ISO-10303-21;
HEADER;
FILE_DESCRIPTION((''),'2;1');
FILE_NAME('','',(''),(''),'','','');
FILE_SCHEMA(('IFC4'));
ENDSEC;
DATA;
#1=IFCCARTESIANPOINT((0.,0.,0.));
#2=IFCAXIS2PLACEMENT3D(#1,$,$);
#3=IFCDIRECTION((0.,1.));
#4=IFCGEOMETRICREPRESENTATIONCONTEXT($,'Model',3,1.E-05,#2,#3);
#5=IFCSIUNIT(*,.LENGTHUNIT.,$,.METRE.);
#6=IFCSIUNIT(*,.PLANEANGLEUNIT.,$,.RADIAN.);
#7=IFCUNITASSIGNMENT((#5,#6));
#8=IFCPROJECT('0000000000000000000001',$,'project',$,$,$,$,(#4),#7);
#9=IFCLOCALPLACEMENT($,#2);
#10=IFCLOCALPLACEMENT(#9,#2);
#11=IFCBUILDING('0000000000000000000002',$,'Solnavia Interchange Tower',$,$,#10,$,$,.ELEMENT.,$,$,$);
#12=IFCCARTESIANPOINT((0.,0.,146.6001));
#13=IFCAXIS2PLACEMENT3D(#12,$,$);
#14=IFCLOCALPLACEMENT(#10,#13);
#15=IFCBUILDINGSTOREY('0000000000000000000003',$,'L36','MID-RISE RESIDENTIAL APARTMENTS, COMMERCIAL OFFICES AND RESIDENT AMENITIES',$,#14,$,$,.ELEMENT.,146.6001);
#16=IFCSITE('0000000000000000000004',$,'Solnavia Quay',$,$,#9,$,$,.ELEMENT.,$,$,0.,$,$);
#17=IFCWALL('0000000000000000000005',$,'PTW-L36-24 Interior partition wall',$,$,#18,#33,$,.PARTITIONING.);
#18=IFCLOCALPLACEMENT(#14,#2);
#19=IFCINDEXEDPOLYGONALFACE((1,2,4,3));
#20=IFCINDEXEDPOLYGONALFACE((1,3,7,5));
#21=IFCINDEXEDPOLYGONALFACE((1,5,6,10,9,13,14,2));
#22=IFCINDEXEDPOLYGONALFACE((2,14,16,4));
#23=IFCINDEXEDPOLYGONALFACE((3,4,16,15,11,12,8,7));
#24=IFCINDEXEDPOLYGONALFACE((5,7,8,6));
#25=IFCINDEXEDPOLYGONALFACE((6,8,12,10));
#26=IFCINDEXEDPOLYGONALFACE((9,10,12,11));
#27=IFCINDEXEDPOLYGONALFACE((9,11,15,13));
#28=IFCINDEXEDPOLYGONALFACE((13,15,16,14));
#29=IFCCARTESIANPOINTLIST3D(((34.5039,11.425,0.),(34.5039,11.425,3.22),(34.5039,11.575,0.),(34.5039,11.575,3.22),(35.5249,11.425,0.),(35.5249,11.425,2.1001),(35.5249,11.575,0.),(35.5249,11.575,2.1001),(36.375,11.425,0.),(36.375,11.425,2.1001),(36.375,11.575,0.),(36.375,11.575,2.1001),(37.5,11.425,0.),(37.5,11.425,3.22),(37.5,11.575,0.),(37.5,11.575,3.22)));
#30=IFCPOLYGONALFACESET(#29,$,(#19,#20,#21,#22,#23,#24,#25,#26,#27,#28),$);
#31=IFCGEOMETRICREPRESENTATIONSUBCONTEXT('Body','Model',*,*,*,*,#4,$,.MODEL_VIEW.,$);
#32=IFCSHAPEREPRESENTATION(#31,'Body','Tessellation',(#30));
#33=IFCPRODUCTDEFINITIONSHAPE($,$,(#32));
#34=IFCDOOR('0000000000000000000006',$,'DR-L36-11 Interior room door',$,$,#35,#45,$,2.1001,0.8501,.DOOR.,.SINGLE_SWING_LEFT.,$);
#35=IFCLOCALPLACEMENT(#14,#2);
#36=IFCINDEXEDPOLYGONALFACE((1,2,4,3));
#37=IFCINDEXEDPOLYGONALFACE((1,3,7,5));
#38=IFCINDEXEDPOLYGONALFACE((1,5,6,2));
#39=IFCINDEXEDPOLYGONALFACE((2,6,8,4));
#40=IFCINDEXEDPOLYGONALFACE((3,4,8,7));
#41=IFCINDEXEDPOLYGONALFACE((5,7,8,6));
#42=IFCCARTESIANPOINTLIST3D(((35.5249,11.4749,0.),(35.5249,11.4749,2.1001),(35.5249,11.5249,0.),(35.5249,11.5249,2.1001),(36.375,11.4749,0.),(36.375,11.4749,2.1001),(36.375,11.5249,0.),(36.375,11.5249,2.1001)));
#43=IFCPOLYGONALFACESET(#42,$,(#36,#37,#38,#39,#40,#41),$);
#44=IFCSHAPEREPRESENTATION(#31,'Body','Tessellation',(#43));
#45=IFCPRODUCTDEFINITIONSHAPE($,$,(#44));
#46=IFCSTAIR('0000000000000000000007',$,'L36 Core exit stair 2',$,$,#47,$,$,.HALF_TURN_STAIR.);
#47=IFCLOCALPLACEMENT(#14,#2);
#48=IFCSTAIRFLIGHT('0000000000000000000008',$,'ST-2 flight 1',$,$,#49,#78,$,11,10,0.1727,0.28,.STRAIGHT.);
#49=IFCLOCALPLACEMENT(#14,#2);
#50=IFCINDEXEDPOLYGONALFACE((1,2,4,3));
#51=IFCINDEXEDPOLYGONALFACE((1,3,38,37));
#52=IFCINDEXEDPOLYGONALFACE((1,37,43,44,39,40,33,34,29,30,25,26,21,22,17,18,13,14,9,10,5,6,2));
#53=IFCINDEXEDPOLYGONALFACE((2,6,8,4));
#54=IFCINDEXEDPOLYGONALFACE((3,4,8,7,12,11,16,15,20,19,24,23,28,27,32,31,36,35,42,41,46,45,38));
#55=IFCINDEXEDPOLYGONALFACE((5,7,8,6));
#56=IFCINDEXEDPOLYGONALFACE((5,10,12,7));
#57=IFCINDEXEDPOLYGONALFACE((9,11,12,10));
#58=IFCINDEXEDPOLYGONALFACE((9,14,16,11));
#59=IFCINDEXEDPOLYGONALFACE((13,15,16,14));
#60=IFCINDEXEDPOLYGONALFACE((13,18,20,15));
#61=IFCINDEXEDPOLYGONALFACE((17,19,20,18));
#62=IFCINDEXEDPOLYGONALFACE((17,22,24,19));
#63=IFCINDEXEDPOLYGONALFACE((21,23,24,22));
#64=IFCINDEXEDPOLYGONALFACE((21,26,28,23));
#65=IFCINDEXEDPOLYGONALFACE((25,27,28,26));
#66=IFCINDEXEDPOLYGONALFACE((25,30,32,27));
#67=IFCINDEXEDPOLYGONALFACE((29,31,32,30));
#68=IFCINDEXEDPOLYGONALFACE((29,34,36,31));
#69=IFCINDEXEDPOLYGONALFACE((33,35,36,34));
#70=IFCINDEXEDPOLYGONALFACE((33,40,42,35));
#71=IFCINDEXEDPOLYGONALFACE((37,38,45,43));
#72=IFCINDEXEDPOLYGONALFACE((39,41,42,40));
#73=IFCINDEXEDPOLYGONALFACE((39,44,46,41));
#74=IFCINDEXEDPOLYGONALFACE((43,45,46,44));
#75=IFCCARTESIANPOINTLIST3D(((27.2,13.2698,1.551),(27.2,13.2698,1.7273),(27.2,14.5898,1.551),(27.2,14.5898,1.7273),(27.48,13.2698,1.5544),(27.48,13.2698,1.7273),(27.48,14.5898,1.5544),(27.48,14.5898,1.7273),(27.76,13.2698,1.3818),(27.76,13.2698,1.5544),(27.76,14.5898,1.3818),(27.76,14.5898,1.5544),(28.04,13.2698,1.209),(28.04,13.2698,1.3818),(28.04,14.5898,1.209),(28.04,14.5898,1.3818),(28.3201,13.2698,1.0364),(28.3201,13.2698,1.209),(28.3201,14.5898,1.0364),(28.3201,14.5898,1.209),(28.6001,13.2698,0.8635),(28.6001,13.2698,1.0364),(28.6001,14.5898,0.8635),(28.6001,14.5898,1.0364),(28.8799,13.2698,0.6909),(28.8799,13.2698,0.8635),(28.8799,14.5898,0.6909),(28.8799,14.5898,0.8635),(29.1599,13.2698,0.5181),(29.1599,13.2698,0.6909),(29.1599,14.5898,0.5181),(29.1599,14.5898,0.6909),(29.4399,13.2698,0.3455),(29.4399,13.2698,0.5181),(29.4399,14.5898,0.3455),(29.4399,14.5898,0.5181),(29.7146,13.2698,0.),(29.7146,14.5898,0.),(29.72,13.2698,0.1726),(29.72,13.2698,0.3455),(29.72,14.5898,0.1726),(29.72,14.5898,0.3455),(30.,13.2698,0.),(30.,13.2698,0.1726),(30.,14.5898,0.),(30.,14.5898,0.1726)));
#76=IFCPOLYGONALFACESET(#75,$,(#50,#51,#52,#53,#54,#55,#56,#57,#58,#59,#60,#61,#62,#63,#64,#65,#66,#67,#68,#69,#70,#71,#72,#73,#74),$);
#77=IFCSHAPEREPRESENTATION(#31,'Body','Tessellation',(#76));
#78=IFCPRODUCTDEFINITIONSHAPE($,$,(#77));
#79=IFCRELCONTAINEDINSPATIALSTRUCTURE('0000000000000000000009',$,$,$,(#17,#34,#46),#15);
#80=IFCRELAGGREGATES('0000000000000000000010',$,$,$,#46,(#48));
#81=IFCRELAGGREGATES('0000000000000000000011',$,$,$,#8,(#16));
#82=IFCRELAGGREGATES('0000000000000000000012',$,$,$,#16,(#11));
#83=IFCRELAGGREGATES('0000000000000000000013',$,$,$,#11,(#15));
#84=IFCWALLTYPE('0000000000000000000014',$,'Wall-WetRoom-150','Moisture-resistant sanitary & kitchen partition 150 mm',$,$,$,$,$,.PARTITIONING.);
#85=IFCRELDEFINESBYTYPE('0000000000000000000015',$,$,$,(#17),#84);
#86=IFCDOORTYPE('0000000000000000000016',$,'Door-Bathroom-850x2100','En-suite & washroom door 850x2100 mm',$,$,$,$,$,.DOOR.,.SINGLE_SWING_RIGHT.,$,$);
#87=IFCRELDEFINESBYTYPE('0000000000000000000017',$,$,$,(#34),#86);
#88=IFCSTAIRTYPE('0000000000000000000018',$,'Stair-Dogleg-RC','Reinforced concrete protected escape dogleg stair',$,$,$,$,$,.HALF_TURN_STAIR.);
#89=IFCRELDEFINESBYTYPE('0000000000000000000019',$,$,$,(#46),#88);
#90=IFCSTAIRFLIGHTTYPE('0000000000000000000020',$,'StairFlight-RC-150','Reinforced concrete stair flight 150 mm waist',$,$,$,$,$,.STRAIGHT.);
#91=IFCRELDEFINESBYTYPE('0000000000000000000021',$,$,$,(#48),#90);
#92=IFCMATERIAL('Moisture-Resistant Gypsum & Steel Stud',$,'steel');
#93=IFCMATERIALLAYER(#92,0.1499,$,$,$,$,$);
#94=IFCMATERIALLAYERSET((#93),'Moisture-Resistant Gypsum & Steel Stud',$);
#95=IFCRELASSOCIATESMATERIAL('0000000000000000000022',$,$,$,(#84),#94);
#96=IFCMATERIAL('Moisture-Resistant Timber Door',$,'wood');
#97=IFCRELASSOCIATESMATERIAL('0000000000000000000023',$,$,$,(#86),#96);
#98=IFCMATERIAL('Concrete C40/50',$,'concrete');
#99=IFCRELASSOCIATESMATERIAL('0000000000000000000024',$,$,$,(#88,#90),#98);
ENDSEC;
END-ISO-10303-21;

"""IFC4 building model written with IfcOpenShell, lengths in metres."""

from ifc_helpers import new_model, si_unit, direction, frame, frame_2d, origin, place, context, subcontext, project, spatial, polyline, rectangle, outline, extrude, material, layer, layer_set, type_object, element, fill, aggregate, save


model = new_model("IFC4")

# Units and contexts
model_context = context("Model", 3, precision=1e-05, world=origin(), true_north=direction((0.0, 1.0)))
body_context = subcontext(model_context, "Body", "Model", "MODEL_VIEW")
ifc_project = project(units=[si_unit("LENGTHUNIT", "METRE"), si_unit("PLANEANGLEUNIT", "RADIAN")], contexts=[model_context])

# Site, building, storey
site_placement = place(None, origin())
site = spatial("IfcSite", under=ifc_project, at=site_placement, Name="Solnavia Quay", CompositionType="ELEMENT", RefElevation=0.0)
building_placement = place(site_placement, origin())
building = spatial("IfcBuilding", under=site, at=building_placement, Name="Solnavia Interchange Tower", CompositionType="ELEMENT")
storey_placement = place(building_placement, frame((0.0, 0.0, 146.6001)))
storey = spatial("IfcBuildingStorey", under=building, at=storey_placement, Name="L36", Description="MID-RISE RESIDENTIAL APARTMENTS, COMMERCIAL OFFICES AND RESIDENT AMENITIES", CompositionType="ELEMENT", Elevation=146.6001)

# Shared definitions
ifc_material_1 = material(Name="Concrete C40/50", Category="concrete")

# Shared definitions
ifc_material_2 = material(Name="Moisture-Resistant Gypsum & Steel Stud", Category="steel")
ifc_layer_1 = layer(ifc_material_2, 0.1499)
ifc_layer_set_1 = layer_set([ifc_layer_1], Name="Moisture-Resistant Gypsum & Steel Stud")
wall_type_1 = type_object("IfcWallType", Name="Wall-WetRoom-150", Description="Moisture-resistant sanitary & kitchen partition 150 mm", PredefinedType="PARTITIONING", material=ifc_layer_set_1)

# Wall, opening, door
wall_1_placement = place(storey_placement, frame((34.5039, 11.5, 0.0), z_axis=(0.0, 0.0, 1.0), x_axis=(1.0, 0.0, 0.0)))
wall_1 = element("IfcWall", 1, at=wall_1_placement, inside=storey, type_object=wall_type_1, Name="PTW-L36-24 Interior partition wall", PredefinedType="PARTITIONING", context=body_context, shape_type="SweptSolid", body=[
    extrude(rectangle(XDim=2.9961, YDim=0.1499, at=frame_2d((1.498, 0.0))), origin(), (0.0, 0.0, 1.0), 3.22),
])
opening_1_placement = place(wall_1_placement, frame((1.021, 0.0, 0.0)))
opening_1 = element("IfcOpeningElement", 2, at=opening_1_placement, cuts=wall_1, PredefinedType="OPENING", context=body_context, shape_type="SweptSolid", body=[
    extrude(rectangle(XDim=0.8501, YDim=2.1001, at=frame_2d((0.425, 1.05))), frame((0.0, 0.085, 0.0), z_axis=(0.0, -1.0, 0.0), x_axis=(1.0, 0.0, 0.0)), (0.0, 0.0, 1.0), 0.1699),
])
ifc_material_3 = material(Name="Moisture-Resistant Timber Door", Category="wood")
door_type_1 = type_object("IfcDoorType", Name="Door-Bathroom-850x2100", Description="En-suite & washroom door 850x2100 mm", OperationType="SINGLE_SWING_RIGHT", PredefinedType="DOOR", material=ifc_material_3)
door_1_placement = place(opening_1_placement, origin())
door_1 = element("IfcDoor", 3, at=door_1_placement, inside=storey, type_object=door_type_1, Name="DR-L36-11 Interior room door", OperationType="SINGLE_SWING_LEFT", OverallHeight=2.1001, OverallWidth=0.8501, PredefinedType="DOOR", context=body_context, shape_type="SweptSolid", body=[
    extrude(rectangle(XDim=0.8501, YDim=2.1001, at=frame_2d((0.425, 1.05))), frame((0.0, 0.0249, 0.0), z_axis=(0.0, -1.0, 0.0), x_axis=(1.0, 0.0, 0.0)), (0.0, 0.0, 1.0), 0.05),
])
fill(opening_1, door_1)

# Stair, stair flight
stair_type = type_object("IfcStairType", Name="Stair-Dogleg-RC", Description="Reinforced concrete protected escape dogleg stair", PredefinedType="HALF_TURN_STAIR", material=ifc_material_1)
stair_placement = place(storey_placement, origin())
stair = element("IfcStair", 4, at=stair_placement, inside=storey, type_object=stair_type, Name="L36 Core exit stair 2", PredefinedType="HALF_TURN_STAIR")
stair_flight_type = type_object("IfcStairFlightType", Name="StairFlight-RC-150", Description="Reinforced concrete stair flight 150 mm waist", PredefinedType="STRAIGHT", material=ifc_material_1)
stair_flight_placement = place(storey_placement, frame((30.0, 13.9299, 0.0), z_axis=(0.0, 0.0, 1.0), x_axis=(-1.0, 0.0, 0.0)))
stair_flight = element("IfcStairFlight", 5, at=stair_flight_placement, type_object=stair_flight_type, Name="ST-2 flight 1", NumberOfRisers=11, NumberOfTreads=10, PredefinedType="STRAIGHT", RiserHeight=0.1727, TreadLength=0.28, context=body_context, shape_type="SweptSolid", body=[
    extrude(outline(polyline([(0.0, 0.0), (0.0, 0.1726), (0.28, 0.1726), (0.28, 0.3455), (0.5601, 0.3455), (0.5601, 0.5181), (0.8401, 0.5181), (0.8401, 0.6909), (1.1201, 0.6909), (1.1201, 0.8635), (1.3999, 0.8635), (1.3999, 1.0364), (1.6799, 1.0364), (1.6799, 1.209), (1.96, 1.209), (1.96, 1.3818), (2.24, 1.3818), (2.24, 1.5544), (2.52, 1.5544), (2.52, 1.7273), (2.8, 1.7273), (2.8, 1.8999), (2.8, 1.551), (0.2854, 0.0), (0.0, 0.0)])), frame((0.0, 0.6602, 0.0), z_axis=(0.0, -1.0, 0.0), x_axis=(1.0, 0.0, 0.0)), (0.0, 0.0, 1.0), 1.3201),
])
aggregate(stair, [stair_flight])

save(model, "model.ifc")
